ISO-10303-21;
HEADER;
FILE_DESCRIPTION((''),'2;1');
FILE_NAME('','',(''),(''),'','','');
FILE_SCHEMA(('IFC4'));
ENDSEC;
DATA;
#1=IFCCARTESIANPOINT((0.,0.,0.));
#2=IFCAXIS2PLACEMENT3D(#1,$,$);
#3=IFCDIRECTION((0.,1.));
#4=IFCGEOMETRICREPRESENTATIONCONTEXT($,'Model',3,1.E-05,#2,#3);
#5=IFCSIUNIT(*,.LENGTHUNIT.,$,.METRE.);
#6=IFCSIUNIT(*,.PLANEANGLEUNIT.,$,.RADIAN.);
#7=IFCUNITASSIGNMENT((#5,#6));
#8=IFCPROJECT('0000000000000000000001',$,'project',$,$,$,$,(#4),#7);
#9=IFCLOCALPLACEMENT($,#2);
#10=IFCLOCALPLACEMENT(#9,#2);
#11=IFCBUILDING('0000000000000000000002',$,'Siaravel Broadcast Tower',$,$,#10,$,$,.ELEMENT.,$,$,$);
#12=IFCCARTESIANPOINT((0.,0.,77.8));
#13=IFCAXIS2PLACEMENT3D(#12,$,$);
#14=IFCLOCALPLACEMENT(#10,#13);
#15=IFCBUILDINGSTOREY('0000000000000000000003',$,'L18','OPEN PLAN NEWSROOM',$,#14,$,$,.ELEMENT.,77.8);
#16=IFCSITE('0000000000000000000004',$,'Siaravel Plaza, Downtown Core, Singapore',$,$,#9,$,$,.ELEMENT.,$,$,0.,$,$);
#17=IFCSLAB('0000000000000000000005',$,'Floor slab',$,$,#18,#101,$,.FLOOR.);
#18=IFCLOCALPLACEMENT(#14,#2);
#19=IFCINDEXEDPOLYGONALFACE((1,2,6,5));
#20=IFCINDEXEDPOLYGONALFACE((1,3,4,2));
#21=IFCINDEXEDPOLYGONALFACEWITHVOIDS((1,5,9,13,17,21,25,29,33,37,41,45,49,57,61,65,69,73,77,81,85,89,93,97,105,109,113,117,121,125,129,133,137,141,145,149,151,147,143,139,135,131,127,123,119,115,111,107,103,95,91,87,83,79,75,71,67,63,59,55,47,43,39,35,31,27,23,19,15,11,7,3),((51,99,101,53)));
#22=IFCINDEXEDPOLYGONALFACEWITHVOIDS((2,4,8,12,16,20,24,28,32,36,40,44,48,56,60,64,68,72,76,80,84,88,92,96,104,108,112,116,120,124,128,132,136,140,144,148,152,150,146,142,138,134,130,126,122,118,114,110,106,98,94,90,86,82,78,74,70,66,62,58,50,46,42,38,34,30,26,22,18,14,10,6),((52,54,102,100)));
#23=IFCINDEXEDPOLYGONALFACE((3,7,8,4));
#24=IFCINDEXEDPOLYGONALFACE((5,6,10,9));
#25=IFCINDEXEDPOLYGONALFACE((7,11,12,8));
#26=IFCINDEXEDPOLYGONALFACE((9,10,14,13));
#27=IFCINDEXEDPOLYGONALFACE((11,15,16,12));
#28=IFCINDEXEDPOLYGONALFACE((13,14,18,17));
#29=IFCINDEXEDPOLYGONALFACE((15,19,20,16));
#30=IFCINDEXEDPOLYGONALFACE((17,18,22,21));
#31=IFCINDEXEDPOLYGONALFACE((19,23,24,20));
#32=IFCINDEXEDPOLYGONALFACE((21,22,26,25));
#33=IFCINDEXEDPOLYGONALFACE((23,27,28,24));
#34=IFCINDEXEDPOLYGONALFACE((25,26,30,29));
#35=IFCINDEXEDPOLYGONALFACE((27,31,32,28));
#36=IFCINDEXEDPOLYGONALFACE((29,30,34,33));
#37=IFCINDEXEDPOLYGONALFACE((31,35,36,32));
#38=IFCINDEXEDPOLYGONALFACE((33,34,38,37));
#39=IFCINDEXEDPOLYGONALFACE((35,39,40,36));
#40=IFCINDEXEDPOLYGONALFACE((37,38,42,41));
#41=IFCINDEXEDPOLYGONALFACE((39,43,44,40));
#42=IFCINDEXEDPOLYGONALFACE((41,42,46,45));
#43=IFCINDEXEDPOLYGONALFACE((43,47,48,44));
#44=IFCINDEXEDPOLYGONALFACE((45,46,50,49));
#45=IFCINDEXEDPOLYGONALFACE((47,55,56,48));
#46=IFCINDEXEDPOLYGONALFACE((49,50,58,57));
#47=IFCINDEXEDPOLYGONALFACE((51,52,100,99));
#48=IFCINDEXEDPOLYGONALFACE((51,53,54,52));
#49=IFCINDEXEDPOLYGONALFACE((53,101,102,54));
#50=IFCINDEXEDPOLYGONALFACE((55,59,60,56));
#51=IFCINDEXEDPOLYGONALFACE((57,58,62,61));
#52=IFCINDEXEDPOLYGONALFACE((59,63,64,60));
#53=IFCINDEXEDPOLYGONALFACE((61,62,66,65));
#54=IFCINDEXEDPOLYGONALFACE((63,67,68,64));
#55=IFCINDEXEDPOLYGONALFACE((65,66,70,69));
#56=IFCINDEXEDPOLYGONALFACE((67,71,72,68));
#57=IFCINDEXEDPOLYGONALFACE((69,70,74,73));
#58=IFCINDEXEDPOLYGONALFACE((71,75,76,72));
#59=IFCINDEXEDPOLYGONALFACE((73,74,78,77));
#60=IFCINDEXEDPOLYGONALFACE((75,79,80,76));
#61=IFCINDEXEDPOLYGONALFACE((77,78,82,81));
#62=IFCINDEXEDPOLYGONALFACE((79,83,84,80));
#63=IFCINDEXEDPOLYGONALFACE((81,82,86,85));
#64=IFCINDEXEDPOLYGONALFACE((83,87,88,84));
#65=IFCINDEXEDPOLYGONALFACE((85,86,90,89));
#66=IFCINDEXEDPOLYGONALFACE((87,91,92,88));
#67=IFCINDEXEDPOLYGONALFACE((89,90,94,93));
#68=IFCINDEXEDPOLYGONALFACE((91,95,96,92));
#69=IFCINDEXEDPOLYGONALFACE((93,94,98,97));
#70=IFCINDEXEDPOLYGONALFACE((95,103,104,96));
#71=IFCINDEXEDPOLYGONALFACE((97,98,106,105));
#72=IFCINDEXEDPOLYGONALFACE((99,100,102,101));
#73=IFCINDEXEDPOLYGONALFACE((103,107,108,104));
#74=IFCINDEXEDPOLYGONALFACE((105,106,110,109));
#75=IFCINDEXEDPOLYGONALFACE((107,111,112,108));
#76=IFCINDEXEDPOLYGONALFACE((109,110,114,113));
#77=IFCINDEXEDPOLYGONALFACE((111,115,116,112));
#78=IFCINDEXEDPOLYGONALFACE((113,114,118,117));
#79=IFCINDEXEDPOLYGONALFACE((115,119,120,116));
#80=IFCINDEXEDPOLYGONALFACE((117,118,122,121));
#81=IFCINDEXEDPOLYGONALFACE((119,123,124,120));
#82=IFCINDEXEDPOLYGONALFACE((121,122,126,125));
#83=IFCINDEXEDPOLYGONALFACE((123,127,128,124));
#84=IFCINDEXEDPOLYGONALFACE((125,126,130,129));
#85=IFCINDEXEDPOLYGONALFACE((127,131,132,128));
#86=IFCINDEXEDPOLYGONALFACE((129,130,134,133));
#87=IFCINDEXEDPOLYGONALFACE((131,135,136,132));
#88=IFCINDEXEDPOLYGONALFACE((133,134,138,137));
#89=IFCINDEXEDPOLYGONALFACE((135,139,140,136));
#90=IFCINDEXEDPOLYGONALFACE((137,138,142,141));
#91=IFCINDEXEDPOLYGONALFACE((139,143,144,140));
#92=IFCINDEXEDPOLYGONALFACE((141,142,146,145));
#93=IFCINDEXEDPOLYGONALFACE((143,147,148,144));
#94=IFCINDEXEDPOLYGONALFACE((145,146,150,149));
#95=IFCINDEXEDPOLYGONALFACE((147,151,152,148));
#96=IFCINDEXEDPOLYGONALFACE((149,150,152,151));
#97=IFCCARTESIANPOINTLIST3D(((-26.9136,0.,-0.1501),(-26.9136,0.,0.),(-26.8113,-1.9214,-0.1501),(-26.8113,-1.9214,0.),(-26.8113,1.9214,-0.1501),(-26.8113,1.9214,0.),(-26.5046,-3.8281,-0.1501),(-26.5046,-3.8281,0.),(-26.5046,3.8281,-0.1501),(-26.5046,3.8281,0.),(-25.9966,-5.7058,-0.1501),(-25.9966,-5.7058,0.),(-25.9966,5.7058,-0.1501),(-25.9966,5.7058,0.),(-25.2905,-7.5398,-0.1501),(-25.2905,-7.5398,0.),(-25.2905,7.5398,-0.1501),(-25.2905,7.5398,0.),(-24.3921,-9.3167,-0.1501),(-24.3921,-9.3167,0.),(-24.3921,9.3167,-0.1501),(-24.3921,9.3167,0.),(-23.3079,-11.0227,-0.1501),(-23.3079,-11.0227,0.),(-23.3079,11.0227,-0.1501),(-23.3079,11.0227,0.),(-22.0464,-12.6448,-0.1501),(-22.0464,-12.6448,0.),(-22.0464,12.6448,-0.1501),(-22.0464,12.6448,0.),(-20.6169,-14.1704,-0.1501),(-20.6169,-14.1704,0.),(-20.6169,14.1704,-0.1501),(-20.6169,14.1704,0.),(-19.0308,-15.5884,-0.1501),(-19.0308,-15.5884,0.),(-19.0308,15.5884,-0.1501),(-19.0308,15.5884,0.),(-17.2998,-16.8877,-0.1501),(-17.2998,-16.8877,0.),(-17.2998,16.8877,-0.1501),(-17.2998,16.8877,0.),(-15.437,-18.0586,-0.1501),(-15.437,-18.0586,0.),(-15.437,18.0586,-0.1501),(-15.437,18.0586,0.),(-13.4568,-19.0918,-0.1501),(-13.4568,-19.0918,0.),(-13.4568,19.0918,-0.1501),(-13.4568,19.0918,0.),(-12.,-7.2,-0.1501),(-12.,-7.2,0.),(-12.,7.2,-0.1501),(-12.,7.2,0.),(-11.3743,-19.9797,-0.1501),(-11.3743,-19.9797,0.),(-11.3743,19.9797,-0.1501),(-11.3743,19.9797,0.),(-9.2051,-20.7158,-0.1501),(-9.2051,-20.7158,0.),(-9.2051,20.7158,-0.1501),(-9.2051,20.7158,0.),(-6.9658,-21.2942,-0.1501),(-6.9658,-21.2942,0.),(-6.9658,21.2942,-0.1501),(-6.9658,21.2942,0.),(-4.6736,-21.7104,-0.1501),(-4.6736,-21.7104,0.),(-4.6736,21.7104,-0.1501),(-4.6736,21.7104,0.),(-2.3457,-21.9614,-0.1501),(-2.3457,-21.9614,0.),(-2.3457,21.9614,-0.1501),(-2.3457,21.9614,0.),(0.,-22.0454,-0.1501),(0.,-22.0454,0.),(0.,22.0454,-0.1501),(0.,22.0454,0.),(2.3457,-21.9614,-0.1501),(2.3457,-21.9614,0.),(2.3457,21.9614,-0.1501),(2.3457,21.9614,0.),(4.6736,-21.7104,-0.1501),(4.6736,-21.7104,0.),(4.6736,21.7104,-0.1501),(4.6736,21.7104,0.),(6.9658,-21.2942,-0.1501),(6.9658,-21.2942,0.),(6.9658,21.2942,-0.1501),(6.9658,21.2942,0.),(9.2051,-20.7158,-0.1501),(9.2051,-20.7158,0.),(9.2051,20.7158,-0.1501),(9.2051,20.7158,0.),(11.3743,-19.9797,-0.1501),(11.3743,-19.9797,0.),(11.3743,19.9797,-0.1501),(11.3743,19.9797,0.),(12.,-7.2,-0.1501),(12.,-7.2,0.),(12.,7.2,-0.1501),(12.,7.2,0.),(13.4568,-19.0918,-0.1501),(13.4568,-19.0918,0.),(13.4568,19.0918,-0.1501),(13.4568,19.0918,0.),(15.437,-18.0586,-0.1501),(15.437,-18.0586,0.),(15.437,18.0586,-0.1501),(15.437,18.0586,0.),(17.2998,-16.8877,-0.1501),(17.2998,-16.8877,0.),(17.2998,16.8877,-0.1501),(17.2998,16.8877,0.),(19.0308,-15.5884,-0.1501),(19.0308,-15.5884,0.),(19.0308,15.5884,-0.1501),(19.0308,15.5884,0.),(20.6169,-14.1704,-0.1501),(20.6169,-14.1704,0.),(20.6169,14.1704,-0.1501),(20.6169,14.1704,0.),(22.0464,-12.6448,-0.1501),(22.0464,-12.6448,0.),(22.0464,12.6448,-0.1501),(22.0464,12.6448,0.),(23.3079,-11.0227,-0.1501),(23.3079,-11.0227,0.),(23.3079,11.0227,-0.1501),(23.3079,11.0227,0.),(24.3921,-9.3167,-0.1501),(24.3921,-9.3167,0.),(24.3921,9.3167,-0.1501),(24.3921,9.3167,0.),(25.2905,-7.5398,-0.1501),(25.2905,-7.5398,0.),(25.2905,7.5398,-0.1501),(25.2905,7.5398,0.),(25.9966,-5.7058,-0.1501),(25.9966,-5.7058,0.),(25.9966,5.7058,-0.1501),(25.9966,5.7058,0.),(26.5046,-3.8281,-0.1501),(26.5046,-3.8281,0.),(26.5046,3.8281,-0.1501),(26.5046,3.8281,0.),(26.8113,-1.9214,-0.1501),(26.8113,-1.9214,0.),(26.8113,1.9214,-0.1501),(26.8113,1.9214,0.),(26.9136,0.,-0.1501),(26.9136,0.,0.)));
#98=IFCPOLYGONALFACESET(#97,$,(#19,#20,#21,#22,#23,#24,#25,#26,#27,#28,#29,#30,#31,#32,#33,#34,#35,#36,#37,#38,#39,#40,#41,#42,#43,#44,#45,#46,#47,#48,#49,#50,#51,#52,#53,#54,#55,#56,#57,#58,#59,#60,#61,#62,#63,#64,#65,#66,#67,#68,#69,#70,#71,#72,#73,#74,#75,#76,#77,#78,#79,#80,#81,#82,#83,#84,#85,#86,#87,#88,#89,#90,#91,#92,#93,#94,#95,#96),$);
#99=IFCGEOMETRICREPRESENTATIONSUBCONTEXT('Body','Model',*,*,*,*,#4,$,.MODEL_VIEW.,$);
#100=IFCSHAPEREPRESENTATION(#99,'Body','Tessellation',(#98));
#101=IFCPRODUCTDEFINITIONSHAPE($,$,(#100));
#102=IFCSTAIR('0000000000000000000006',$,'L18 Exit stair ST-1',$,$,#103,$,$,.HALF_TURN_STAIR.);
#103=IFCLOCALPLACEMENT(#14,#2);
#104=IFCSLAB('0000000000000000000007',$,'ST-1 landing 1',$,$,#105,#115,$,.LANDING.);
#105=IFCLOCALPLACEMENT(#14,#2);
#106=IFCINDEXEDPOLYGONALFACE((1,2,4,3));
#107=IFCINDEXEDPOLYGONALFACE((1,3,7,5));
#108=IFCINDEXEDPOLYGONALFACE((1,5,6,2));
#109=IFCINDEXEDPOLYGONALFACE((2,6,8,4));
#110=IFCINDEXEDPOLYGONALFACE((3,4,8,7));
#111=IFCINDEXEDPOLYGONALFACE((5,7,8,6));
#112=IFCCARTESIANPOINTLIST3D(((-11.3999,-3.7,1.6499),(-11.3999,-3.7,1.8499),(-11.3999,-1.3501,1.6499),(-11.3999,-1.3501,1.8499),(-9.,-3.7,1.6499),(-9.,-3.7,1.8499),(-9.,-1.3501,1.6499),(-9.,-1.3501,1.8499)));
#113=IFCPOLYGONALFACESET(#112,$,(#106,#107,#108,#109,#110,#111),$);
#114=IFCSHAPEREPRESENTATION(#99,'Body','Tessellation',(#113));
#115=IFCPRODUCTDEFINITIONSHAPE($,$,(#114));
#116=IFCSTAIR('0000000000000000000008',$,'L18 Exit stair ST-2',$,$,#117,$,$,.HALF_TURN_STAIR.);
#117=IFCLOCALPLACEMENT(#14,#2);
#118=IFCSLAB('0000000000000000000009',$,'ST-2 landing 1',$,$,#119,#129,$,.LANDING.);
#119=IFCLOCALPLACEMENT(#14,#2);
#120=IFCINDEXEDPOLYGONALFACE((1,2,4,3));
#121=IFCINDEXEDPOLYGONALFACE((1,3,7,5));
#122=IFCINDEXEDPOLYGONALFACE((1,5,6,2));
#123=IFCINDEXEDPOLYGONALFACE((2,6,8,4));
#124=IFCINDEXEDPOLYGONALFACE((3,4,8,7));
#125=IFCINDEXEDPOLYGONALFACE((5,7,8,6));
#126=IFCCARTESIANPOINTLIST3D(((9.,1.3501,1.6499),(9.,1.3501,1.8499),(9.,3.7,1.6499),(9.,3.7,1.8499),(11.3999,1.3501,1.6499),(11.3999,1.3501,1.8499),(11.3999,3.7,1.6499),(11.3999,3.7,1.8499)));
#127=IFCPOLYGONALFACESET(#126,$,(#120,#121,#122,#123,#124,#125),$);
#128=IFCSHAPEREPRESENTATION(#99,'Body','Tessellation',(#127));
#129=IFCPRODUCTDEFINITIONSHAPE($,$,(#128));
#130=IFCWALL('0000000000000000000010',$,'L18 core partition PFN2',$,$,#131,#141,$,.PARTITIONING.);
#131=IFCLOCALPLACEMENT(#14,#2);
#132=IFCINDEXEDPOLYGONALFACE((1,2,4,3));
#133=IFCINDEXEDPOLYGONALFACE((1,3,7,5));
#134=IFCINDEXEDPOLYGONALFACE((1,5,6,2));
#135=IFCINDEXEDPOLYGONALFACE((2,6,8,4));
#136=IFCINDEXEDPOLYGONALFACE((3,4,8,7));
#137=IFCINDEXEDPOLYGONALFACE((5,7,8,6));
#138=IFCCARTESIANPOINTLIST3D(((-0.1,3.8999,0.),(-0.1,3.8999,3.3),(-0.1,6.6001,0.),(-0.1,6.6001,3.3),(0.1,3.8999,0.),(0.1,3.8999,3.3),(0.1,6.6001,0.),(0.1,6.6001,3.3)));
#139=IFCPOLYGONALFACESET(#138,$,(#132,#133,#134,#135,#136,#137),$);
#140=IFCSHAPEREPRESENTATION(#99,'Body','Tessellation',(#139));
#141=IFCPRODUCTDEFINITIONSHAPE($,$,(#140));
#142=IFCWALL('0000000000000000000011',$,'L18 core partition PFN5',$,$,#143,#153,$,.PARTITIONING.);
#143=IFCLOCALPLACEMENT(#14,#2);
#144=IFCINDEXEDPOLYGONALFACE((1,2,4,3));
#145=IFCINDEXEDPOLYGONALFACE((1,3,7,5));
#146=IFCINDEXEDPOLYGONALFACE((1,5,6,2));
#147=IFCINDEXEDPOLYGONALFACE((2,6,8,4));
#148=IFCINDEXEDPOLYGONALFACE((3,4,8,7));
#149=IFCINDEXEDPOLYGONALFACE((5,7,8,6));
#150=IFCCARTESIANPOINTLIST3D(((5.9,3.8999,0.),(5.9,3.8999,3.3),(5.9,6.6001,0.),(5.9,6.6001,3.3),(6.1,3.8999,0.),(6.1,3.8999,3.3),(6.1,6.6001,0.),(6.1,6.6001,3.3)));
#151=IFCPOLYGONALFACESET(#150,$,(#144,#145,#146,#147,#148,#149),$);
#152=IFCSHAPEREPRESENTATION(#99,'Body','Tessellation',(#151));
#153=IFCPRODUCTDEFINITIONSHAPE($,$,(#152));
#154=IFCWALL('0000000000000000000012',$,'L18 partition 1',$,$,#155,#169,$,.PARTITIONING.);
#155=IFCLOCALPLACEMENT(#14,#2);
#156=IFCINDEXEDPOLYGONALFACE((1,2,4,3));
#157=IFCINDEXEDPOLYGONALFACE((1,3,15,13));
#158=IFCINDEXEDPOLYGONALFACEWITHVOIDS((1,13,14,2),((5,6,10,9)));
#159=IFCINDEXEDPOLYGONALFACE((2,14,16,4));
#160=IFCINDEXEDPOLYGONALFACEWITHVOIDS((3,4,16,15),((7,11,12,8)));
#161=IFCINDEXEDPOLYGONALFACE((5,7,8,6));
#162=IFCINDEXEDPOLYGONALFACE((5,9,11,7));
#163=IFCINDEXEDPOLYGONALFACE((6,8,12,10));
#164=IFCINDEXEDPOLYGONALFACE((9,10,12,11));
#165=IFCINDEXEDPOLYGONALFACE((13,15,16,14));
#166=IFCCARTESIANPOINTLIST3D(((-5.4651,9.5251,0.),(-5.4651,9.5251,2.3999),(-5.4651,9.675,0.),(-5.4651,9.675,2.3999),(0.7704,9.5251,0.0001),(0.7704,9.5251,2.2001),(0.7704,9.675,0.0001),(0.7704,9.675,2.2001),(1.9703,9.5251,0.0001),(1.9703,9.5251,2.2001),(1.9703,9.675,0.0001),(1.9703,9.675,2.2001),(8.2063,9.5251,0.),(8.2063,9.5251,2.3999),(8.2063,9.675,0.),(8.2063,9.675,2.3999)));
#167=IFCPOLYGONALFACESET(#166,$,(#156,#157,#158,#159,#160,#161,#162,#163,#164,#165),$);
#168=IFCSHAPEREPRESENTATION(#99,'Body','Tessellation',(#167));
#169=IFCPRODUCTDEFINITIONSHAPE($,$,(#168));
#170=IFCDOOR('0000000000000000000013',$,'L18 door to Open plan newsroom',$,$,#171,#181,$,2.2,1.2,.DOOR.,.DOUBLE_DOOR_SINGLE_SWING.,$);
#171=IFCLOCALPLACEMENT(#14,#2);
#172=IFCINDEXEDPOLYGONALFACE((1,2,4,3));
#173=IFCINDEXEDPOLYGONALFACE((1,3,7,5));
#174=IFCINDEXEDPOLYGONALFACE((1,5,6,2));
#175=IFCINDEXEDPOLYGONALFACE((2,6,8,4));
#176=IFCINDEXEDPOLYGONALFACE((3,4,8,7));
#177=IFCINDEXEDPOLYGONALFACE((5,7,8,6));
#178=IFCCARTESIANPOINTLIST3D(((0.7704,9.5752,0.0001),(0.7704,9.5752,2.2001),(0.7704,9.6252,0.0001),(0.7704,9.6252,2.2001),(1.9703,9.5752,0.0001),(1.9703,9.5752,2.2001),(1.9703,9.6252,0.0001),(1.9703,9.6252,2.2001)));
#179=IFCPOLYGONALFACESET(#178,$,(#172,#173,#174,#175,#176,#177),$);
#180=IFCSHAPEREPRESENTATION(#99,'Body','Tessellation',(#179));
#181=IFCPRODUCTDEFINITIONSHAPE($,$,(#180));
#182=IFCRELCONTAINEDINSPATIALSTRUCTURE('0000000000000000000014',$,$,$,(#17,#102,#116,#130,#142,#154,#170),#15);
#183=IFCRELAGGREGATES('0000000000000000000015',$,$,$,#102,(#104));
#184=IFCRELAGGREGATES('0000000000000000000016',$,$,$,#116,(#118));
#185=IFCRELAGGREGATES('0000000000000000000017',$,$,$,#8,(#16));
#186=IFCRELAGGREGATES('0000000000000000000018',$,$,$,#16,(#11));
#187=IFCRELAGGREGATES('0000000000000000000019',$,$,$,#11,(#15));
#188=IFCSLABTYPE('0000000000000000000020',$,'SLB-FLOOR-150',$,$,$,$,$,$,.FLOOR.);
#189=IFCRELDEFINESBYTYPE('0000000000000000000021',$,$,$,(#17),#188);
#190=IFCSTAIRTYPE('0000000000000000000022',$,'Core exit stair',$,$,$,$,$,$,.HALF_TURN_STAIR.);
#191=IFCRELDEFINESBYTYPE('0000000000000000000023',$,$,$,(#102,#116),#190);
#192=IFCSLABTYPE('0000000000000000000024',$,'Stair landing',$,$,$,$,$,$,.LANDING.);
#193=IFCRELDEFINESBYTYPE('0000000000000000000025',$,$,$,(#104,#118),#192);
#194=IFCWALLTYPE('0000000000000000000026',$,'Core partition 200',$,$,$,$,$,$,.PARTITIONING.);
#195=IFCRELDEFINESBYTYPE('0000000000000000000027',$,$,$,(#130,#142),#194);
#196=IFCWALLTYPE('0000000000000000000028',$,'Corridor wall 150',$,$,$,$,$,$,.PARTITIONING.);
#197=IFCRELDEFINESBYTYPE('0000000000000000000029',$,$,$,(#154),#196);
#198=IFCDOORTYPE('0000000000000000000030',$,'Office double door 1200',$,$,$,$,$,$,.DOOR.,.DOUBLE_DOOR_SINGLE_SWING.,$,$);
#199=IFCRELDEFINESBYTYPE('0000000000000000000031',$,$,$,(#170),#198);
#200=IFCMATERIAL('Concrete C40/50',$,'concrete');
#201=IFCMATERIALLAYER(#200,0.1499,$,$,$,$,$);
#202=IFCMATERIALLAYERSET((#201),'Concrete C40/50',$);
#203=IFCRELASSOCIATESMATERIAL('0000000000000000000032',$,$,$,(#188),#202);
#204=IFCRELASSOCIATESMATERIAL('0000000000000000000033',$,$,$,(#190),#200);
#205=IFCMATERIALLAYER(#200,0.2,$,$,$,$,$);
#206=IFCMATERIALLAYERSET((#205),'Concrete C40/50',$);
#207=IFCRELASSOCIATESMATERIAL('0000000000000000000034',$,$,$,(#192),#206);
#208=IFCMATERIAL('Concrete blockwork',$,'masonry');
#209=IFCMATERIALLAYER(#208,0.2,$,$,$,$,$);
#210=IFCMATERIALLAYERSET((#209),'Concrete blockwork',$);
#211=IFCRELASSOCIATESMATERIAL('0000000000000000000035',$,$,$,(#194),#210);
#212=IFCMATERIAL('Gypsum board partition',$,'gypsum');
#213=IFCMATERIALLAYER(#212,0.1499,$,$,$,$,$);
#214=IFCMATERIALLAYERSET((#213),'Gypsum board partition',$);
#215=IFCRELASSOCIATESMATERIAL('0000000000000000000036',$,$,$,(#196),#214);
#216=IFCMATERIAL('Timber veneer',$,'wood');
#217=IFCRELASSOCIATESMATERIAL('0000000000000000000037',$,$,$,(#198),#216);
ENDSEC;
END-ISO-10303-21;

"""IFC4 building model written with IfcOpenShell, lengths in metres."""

from ifc_helpers import new_model, si_unit, direction, frame, frame_2d, origin, place, context, subcontext, project, spatial, polyline, rectangle, outline, extrude, material, layer, layer_set, type_object, element, fill, aggregate, save


model = new_model("IFC4")

# Units and contexts
model_context = context("Model", 3, precision=1e-05, world=origin(), true_north=direction((0.0, 1.0)))
body_context = subcontext(model_context, "Body", "Model", "MODEL_VIEW")
ifc_project = project(units=[si_unit("LENGTHUNIT", "METRE"), si_unit("PLANEANGLEUNIT", "RADIAN")], contexts=[model_context])

# Site, building, storey
site_placement = place(None, origin())
site = spatial("IfcSite", under=ifc_project, at=site_placement, Name="Siaravel Plaza, Downtown Core, Singapore", CompositionType="ELEMENT", RefElevation=0.0)
building_placement = place(site_placement, origin())
building = spatial("IfcBuilding", under=site, at=building_placement, Name="Siaravel Broadcast Tower", CompositionType="ELEMENT")
storey_placement = place(building_placement, frame((0.0, 0.0, 77.8)))
storey = spatial("IfcBuildingStorey", under=building, at=storey_placement, Name="L18", Description="OPEN PLAN NEWSROOM", CompositionType="ELEMENT", Elevation=77.8)

# Slab
ifc_material_1 = material(Name="Concrete C40/50", Category="concrete")
ifc_layer_1 = layer(ifc_material_1, 0.1499)
ifc_layer_set_1 = layer_set([ifc_layer_1], Name="Concrete C40/50")
slab_type_1 = type_object("IfcSlabType", Name="SLB-FLOOR-150", PredefinedType="FLOOR", material=ifc_layer_set_1)
slab_1_placement = place(storey_placement, frame((0.0, 0.0, -0.1501)))
element("IfcSlab", 1, at=slab_1_placement, inside=storey, type_object=slab_type_1, Name="Floor slab", PredefinedType="FLOOR", context=body_context, shape_type="SweptSolid", body=[
    extrude(outline(polyline([(26.9136, 0.0), (26.8113, 1.9214), (26.5046, 3.8281), (25.9966, 5.7058), (25.2905, 7.5398), (24.3921, 9.3167), (23.3079, 11.0227), (22.0464, 12.6448), (20.6169, 14.1704), (19.0308, 15.5884), (17.2998, 16.8877), (15.437, 18.0586), (13.4568, 19.0918), (11.3743, 19.9797), (9.2051, 20.7158), (6.9658, 21.2942), (4.6736, 21.7104), (2.3457, 21.9614), (0.0, 22.0454), (-2.3457, 21.9614), (-4.6736, 21.7104), (-6.9658, 21.2942), (-9.2051, 20.7158), (-11.3743, 19.9797), (-13.4568, 19.0918), (-15.437, 18.0586), (-17.2998, 16.8877), (-19.0308, 15.5884), (-20.6169, 14.1704), (-22.0464, 12.6448), (-23.3079, 11.0227), (-24.3921, 9.3167), (-25.2905, 7.5398), (-25.9966, 5.7058), (-26.5046, 3.8281), (-26.8113, 1.9214), (-26.9136, 0.0), (-26.8113, -1.9214), (-26.5046, -3.8281), (-25.9966, -5.7058), (-25.2905, -7.5398), (-24.3921, -9.3167), (-23.3079, -11.0227), (-22.0464, -12.6448), (-20.6169, -14.1704), (-19.0308, -15.5884), (-17.2998, -16.8877), (-15.437, -18.0586), (-13.4568, -19.0918), (-11.3743, -19.9797), (-9.2051, -20.7158), (-6.9658, -21.2942), (-4.6736, -21.7104), (-2.3457, -21.9614), (0.0, -22.0454), (2.3457, -21.9614), (4.6736, -21.7104), (6.9658, -21.2942), (9.2051, -20.7158), (11.3743, -19.9797), (13.4568, -19.0918), (15.437, -18.0586), (17.2998, -16.8877), (19.0308, -15.5884), (20.6169, -14.1704), (22.0464, -12.6448), (23.3079, -11.0227), (24.3921, -9.3167), (25.2905, -7.5398), (25.9966, -5.7058), (26.5046, -3.8281), (26.8113, -1.9214), (26.9136, 0.0)]), holes=[polyline([(-12.0, 7.2), (12.0, 7.2), (12.0, -7.2), (-12.0, -7.2), (-12.0, 7.2)])]), origin(), (0.0, 0.0, 1.0), 0.1501),
])

# Stairs, slabs
stair_type = type_object("IfcStairType", Name="Core exit stair", PredefinedType="HALF_TURN_STAIR", material=ifc_material_1)
stair_1_placement = place(storey_placement, origin())
stair_1 = element("IfcStair", 2, at=stair_1_placement, inside=storey, type_object=stair_type, Name="L18 Exit stair ST-1", PredefinedType="HALF_TURN_STAIR")
ifc_layer_2 = layer(ifc_material_1, 0.2)
ifc_layer_set_2 = layer_set([ifc_layer_2], Name="Concrete C40/50")
slab_type_2 = type_object("IfcSlabType", Name="Stair landing", PredefinedType="LANDING", material=ifc_layer_set_2)
slab_2_placement = place(storey_placement, frame((0.0, 0.0, 1.6499)))
slab_2 = element("IfcSlab", 3, at=slab_2_placement, type_object=slab_type_2, Name="ST-1 landing 1", PredefinedType="LANDING", context=body_context, shape_type="SweptSolid", body=[
    extrude(outline(polyline([(-9.0, -1.3501), (-11.3999, -1.3501), (-11.3999, -3.7), (-9.0, -3.7), (-9.0, -1.3501)])), origin(), (0.0, 0.0, 1.0), 0.2),
])
aggregate(stair_1, [slab_2])
stair_2_placement = place(storey_placement, origin())
stair_2 = element("IfcStair", 4, at=stair_2_placement, inside=storey, type_object=stair_type, Name="L18 Exit stair ST-2", PredefinedType="HALF_TURN_STAIR")
slab_3_placement = place(storey_placement, frame((0.0, 0.0, 1.6499)))
slab_3 = element("IfcSlab", 5, at=slab_3_placement, type_object=slab_type_2, Name="ST-2 landing 1", PredefinedType="LANDING", context=body_context, shape_type="SweptSolid", body=[
    extrude(outline(polyline([(9.0, 1.3501), (11.3999, 1.3501), (11.3999, 3.7), (9.0, 3.7), (9.0, 1.3501)])), origin(), (0.0, 0.0, 1.0), 0.2),
])

# Walls
ifc_material_2 = material(Name="Concrete blockwork", Category="masonry")
ifc_layer_3 = layer(ifc_material_2, 0.2)
ifc_layer_set_3 = layer_set([ifc_layer_3], Name="Concrete blockwork")
wall_type_1 = type_object("IfcWallType", Name="Core partition 200", PredefinedType="PARTITIONING", material=ifc_layer_set_3)
for number, where, z_axis, x_axis, name in (
    (6, (0.0, 3.8999, 0.0), (0.0, 0.0, 1.0), (0.0, 1.0, 0.0), "L18 core partition PFN2"),
    (7, (6.0, 3.8999, 0.0), (0.0, 0.0, 1.0), (0.0, 1.0, 0.0), "L18 core partition PFN5"),
):
    element("IfcWall", number, at=place(storey_placement, frame(where, z_axis=z_axis, x_axis=x_axis)), inside=storey, type_object=wall_type_1, Name=name, PredefinedType="PARTITIONING", context=body_context, shape_type="SweptSolid", body=[
        extrude(rectangle(XDim=2.7002, YDim=0.2, at=frame_2d((1.3501, 0.0))), origin(), (0.0, 0.0, 1.0), 3.3),
    ])

# Wall, opening, door
ifc_material_3 = material(Name="Gypsum board partition", Category="gypsum")
ifc_layer_4 = layer(ifc_material_3, 0.1499)
ifc_layer_set_4 = layer_set([ifc_layer_4], Name="Gypsum board partition")
wall_type_2 = type_object("IfcWallType", Name="Corridor wall 150", PredefinedType="PARTITIONING", material=ifc_layer_set_4)
wall_1_placement = place(storey_placement, frame((8.2063, 9.6001, 0.0), z_axis=(0.0, 0.0, 1.0), x_axis=(-1.0, 0.0, 0.0)))
wall_1 = element("IfcWall", 8, at=wall_1_placement, inside=storey, type_object=wall_type_2, Name="L18 partition 1", PredefinedType="PARTITIONING", context=body_context, shape_type="SweptSolid", body=[
    extrude(rectangle(XDim=13.6714, YDim=0.1499, at=frame_2d((6.8357, 0.0))), origin(), (0.0, 0.0, 1.0), 2.3999),
])
opening_1_placement = place(wall_1_placement, frame((6.2358, 0.0, 0.0)))
opening_1 = element("IfcOpeningElement", 9, at=opening_1_placement, cuts=wall_1, PredefinedType="OPENING", context=body_context, shape_type="SweptSolid", body=[
    extrude(rectangle(XDim=1.2, YDim=2.2, at=frame_2d((0.6001, 1.1001))), frame((0.0, 0.085, 0.0), z_axis=(0.0, -1.0, 0.0), x_axis=(1.0, 0.0, 0.0)), (0.0, 0.0, 1.0), 0.1699),
])
ifc_material_4 = material(Name="Timber veneer", Category="wood")
door_type_1 = type_object("IfcDoorType", Name="Office double door 1200", OperationType="DOUBLE_DOOR_SINGLE_SWING", PredefinedType="DOOR", material=ifc_material_4)
door_1_placement = place(opening_1_placement, origin())
door_1 = element("IfcDoor", 10, at=door_1_placement, inside=storey, type_object=door_type_1, Name="L18 door to Open plan newsroom", OperationType="DOUBLE_DOOR_SINGLE_SWING", OverallHeight=2.2, OverallWidth=1.2, PredefinedType="DOOR", context=body_context, shape_type="SweptSolid", body=[
    extrude(rectangle(XDim=1.2, YDim=2.2, at=frame_2d((0.6001, 1.1001))), frame((0.0, 0.0249, 0.0), z_axis=(0.0, -1.0, 0.0), x_axis=(1.0, 0.0, 0.0)), (0.0, 0.0, 1.0), 0.05),
])
fill(opening_1, door_1)

aggregate(stair_2, [slab_3])

save(model, "model.ifc")
